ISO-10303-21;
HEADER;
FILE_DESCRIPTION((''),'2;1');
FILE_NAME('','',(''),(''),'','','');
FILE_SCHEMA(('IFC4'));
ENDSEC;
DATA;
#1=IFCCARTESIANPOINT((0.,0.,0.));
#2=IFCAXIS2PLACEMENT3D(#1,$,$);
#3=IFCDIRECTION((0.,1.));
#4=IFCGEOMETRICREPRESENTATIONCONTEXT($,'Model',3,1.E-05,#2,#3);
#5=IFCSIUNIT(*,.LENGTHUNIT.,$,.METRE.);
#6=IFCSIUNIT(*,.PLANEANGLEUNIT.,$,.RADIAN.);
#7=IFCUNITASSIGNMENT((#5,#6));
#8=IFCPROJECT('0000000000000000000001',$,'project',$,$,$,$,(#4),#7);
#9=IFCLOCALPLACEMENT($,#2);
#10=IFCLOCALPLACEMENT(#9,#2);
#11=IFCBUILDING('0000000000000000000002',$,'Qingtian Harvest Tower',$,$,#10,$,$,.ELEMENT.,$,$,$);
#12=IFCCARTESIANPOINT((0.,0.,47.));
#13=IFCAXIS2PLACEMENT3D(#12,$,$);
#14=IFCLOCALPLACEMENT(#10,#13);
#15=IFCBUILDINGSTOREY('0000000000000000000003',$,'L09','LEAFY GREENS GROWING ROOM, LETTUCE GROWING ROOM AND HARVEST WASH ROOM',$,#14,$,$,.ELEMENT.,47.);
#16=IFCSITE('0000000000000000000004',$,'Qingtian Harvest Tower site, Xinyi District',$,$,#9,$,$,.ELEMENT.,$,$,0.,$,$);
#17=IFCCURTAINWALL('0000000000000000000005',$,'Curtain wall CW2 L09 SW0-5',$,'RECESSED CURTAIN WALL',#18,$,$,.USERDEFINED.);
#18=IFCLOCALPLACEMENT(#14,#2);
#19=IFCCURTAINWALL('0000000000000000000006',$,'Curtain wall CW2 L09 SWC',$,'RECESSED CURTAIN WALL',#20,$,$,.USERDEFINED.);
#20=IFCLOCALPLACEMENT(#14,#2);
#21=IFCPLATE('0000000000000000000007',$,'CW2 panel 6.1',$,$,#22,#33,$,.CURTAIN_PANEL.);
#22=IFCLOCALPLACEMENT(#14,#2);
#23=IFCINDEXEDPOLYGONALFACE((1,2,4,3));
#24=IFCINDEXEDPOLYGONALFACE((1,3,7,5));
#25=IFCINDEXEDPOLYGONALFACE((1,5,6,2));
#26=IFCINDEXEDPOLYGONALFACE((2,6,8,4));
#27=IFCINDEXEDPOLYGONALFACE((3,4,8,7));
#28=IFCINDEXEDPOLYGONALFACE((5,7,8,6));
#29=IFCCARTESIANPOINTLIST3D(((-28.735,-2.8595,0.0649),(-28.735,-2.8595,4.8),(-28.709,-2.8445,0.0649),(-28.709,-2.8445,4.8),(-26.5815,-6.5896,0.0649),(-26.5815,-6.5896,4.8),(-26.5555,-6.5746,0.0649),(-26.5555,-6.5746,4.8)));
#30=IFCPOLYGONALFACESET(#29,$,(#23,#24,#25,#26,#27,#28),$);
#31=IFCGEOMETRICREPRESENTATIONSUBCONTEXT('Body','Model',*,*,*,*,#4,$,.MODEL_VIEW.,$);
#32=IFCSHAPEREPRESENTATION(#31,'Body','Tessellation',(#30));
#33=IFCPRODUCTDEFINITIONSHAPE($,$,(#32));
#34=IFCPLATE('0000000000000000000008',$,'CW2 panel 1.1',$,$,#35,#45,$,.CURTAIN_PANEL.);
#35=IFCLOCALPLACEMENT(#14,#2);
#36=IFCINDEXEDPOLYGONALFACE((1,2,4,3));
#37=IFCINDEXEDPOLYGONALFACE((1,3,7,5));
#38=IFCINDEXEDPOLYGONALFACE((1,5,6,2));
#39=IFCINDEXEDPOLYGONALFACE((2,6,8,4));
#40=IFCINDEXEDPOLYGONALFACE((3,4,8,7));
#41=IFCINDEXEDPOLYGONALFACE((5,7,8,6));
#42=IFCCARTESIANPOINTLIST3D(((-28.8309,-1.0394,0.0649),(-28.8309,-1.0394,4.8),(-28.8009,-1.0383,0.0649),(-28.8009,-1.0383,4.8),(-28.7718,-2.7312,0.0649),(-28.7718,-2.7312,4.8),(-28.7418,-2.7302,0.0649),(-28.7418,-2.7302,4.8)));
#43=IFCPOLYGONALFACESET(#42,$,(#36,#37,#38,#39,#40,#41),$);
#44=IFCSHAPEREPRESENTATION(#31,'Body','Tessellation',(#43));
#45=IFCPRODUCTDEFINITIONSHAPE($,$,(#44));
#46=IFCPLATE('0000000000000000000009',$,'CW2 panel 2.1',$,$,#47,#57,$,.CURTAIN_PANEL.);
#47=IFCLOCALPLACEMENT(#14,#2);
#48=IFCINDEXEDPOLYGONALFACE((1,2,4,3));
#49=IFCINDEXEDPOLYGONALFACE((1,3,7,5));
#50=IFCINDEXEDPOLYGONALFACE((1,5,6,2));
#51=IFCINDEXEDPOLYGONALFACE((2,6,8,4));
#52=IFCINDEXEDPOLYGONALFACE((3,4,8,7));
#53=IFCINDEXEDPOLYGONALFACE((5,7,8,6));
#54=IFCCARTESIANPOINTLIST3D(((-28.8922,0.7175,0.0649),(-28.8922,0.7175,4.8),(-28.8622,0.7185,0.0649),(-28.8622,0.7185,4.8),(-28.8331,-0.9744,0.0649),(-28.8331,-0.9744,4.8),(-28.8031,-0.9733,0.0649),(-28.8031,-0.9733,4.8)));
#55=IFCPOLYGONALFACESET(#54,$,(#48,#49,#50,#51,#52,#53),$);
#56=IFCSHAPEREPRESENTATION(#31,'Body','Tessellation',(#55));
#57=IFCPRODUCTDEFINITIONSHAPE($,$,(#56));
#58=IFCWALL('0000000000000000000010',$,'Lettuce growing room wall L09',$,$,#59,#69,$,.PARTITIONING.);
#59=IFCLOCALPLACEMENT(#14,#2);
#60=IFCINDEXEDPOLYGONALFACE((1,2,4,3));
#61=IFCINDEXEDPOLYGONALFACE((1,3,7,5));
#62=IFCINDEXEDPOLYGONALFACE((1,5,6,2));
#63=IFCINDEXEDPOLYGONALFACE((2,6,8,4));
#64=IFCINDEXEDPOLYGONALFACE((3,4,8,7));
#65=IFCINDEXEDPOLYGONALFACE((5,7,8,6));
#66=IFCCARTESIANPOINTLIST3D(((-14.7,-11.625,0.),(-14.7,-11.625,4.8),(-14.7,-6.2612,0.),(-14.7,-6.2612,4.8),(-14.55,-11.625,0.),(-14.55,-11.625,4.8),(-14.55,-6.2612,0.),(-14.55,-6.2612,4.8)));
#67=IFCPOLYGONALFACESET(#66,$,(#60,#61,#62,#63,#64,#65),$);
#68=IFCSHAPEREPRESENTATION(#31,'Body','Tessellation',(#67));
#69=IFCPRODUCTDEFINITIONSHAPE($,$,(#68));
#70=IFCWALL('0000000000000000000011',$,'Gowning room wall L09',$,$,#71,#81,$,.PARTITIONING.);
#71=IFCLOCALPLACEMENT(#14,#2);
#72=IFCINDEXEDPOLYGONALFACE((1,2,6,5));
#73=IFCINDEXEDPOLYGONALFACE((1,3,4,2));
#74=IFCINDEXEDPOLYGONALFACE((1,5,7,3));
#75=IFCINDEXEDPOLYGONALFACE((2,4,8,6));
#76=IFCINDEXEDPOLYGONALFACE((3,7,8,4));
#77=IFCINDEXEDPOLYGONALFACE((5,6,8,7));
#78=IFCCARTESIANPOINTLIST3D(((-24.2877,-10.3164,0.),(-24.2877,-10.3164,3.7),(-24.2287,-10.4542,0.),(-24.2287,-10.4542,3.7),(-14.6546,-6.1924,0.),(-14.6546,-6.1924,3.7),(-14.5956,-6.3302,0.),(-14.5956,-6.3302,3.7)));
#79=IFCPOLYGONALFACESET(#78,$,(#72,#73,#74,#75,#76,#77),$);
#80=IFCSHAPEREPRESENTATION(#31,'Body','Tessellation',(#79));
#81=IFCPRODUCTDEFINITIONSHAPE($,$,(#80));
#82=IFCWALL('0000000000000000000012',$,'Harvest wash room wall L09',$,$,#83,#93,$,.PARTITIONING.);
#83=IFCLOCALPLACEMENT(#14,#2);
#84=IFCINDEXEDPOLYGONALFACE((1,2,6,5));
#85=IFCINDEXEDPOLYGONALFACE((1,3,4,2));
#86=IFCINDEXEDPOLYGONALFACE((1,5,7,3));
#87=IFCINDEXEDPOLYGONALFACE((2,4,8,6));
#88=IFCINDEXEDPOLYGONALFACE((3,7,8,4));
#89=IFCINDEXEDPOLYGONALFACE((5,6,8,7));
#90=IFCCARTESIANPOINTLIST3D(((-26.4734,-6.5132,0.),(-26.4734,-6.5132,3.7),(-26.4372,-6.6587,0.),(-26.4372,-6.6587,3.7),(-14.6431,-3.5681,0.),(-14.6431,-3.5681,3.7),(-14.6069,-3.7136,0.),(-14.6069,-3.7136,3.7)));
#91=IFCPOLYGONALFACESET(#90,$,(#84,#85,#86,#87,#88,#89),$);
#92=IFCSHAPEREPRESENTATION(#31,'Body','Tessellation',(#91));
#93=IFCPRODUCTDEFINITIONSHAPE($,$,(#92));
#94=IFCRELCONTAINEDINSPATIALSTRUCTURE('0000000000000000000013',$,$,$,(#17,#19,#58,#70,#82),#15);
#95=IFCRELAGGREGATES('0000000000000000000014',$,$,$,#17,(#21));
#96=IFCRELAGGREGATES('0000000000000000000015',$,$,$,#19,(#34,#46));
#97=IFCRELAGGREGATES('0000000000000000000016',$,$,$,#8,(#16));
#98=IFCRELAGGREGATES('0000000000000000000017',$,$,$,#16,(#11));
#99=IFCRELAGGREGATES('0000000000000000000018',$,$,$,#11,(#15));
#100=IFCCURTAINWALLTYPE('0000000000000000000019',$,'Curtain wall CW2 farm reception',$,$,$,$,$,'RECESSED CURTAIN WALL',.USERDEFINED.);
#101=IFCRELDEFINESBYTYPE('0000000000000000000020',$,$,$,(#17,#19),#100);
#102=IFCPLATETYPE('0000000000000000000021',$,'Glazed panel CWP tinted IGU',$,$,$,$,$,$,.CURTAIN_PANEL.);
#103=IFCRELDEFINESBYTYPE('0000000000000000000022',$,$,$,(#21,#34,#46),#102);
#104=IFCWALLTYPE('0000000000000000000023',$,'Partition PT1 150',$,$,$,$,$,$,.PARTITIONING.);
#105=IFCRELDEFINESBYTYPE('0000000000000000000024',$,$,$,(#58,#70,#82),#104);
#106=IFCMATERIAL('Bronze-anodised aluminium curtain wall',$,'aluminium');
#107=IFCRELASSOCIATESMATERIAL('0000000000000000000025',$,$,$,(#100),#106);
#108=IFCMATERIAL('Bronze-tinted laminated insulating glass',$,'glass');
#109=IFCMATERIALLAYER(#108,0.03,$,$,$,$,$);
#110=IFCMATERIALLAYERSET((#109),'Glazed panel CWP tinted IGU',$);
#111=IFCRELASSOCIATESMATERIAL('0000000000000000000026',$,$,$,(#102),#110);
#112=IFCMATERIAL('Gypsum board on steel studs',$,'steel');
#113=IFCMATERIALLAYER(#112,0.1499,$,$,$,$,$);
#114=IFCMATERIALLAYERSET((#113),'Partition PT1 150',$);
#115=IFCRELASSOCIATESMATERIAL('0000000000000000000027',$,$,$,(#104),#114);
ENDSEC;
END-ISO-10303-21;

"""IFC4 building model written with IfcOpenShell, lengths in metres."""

from ifc_helpers import new_model, si_unit, direction, frame, frame_2d, origin, origin_2d, place, context, subcontext, project, spatial, rectangle, extrude, material, layer, layer_set, type_object, element, aggregate, save


model = new_model("IFC4")

# Units and contexts
model_context = context("Model", 3, precision=1e-05, world=origin(), true_north=direction((0.0, 1.0)))
body_context = subcontext(model_context, "Body", "Model", "MODEL_VIEW")
ifc_project = project(units=[si_unit("LENGTHUNIT", "METRE"), si_unit("PLANEANGLEUNIT", "RADIAN")], contexts=[model_context])

# Site, building, storey
site_placement = place(None, origin())
site = spatial("IfcSite", under=ifc_project, at=site_placement, Name="Qingtian Harvest Tower site, Xinyi District", CompositionType="ELEMENT", RefElevation=0.0)
building_placement = place(site_placement, origin())
building = spatial("IfcBuilding", under=site, at=building_placement, Name="Qingtian Harvest Tower", CompositionType="ELEMENT")
storey_placement = place(building_placement, frame((0.0, 0.0, 47.0)))
storey = spatial("IfcBuildingStorey", under=building, at=storey_placement, Name="L09", Description="LEAFY GREENS GROWING ROOM, LETTUCE GROWING ROOM AND HARVEST WASH ROOM", CompositionType="ELEMENT", Elevation=47.0)

# Curtain walls
ifc_material_1 = material(Name="Bronze-anodised aluminium curtain wall", Category="aluminium")
curtain_wall_type = type_object("IfcCurtainWallType", Name="Curtain wall CW2 farm reception", ElementType="RECESSED CURTAIN WALL", PredefinedType="USERDEFINED", material=ifc_material_1)
curtain_wall_1_placement = place(storey_placement, origin())
curtain_wall_1 = element("IfcCurtainWall", 1, at=curtain_wall_1_placement, inside=storey, type_object=curtain_wall_type, Name="Curtain wall CW2 L09 SW0-5", ObjectType="RECESSED CURTAIN WALL", PredefinedType="USERDEFINED")
curtain_wall_2_placement = place(storey_placement, origin())
curtain_wall_2 = element("IfcCurtainWall", 2, at=curtain_wall_2_placement, inside=storey, type_object=curtain_wall_type, Name="Curtain wall CW2 L09 SWC", ObjectType="RECESSED CURTAIN WALL", PredefinedType="USERDEFINED")

# Plates
ifc_material_2 = material(Name="Bronze-tinted laminated insulating glass", Category="glass")
ifc_layer_1 = layer(ifc_material_2, 0.03)
ifc_layer_set_1 = layer_set([ifc_layer_1], Name="Glazed panel CWP tinted IGU")
plate_type = type_object("IfcPlateType", Name="Glazed panel CWP tinted IGU", PredefinedType="CURTAIN_PANEL", material=ifc_layer_set_1)
plate_1_placement = place(storey_placement, frame((-27.6453, -4.717, 0.0649), z_axis=(0.0, 0.0, 1.0), x_axis=(-0.5, 0.866025, 0.0)))
plate_1 = element("IfcPlate", 3, at=plate_1_placement, type_object=plate_type, Name="CW2 panel 6.1", PredefinedType="CURTAIN_PANEL", context=body_context, shape_type="SweptSolid", body=[
    extrude(rectangle(XDim=4.3071, YDim=0.03, at=origin_2d()), origin(), (0.0, 0.0, 1.0), 4.7351),
])
aggregate(curtain_wall_1, [plate_1])
plate_2_placement = place(storey_placement, frame((-28.7864, -1.8848, 0.0649), z_axis=(0.0, 0.0, 1.0), x_axis=(-0.034899, 0.999391, 0.0)))
plate_2 = element("IfcPlate", 4, at=plate_2_placement, type_object=plate_type, Name="CW2 panel 1.1", PredefinedType="CURTAIN_PANEL", context=body_context, shape_type="SweptSolid", body=[
    extrude(rectangle(XDim=1.6929, YDim=0.03, at=origin_2d()), origin(), (0.0, 0.0, 1.0), 4.7351),
])
plate_3_placement = place(storey_placement, frame((-28.8477, -0.1279, 0.0649), z_axis=(0.0, 0.0, 1.0), x_axis=(-0.034899, 0.999391, 0.0)))
plate_3 = element("IfcPlate", 5, at=plate_3_placement, type_object=plate_type, Name="CW2 panel 2.1", PredefinedType="CURTAIN_PANEL", context=body_context, shape_type="SweptSolid", body=[
    extrude(rectangle(XDim=1.6929, YDim=0.03, at=origin_2d()), origin(), (0.0, 0.0, 1.0), 4.7351),
])
aggregate(curtain_wall_2, [plate_2, plate_3])

# Walls
ifc_material_3 = material(Name="Gypsum board on steel studs", Category="steel")
ifc_layer_2 = layer(ifc_material_3, 0.1499)
ifc_layer_set_2 = layer_set([ifc_layer_2], Name="Partition PT1 150")
wall_type = type_object("IfcWallType", Name="Partition PT1 150", PredefinedType="PARTITIONING", material=ifc_layer_set_2)
wall_1_placement = place(storey_placement, frame((-14.625, -11.625, 0.0), z_axis=(0.0, 0.0, 1.0), x_axis=(0.0, 1.0, 0.0)))
element("IfcWall", 6, at=wall_1_placement, inside=storey, type_object=wall_type, Name="Lettuce growing room wall L09", PredefinedType="PARTITIONING", context=body_context, shape_type="SweptSolid", body=[
    extrude(rectangle(XDim=5.3638, YDim=0.1499, at=frame_2d((2.6819, 0.0))), origin(), (0.0, 0.0, 1.0), 4.8),
])
wall_2_placement = place(storey_placement, frame((-24.2581, -10.3853, 0.0), z_axis=(0.0, 0.0, 1.0), x_axis=(0.919298, 0.393562, 0.0)))
element("IfcWall", 7, at=wall_2_placement, inside=storey, type_object=wall_type, Name="Gowning room wall L09", PredefinedType="PARTITIONING", context=body_context, shape_type="SweptSolid", body=[
    extrude(rectangle(XDim=10.4788, YDim=0.1499, at=frame_2d((5.2393, 0.0))), origin(), (0.0, 0.0, 1.0), 3.7),
])

# Wall
wall_3_placement = place(storey_placement, frame((-26.4553, -6.5859, 0.0), z_axis=(0.0, 0.0, 1.0), x_axis=(0.970384, 0.24157, 0.0)))
element("IfcWall", 8, at=wall_3_placement, inside=storey, type_object=wall_type, Name="Harvest wash room wall L09", PredefinedType="PARTITIONING", context=body_context, shape_type="SweptSolid", body=[
    extrude(rectangle(XDim=12.1914, YDim=0.1499, at=frame_2d((6.0957, 0.0))), origin(), (0.0, 0.0, 1.0), 3.7),
])

save(model, "model.ifc")
